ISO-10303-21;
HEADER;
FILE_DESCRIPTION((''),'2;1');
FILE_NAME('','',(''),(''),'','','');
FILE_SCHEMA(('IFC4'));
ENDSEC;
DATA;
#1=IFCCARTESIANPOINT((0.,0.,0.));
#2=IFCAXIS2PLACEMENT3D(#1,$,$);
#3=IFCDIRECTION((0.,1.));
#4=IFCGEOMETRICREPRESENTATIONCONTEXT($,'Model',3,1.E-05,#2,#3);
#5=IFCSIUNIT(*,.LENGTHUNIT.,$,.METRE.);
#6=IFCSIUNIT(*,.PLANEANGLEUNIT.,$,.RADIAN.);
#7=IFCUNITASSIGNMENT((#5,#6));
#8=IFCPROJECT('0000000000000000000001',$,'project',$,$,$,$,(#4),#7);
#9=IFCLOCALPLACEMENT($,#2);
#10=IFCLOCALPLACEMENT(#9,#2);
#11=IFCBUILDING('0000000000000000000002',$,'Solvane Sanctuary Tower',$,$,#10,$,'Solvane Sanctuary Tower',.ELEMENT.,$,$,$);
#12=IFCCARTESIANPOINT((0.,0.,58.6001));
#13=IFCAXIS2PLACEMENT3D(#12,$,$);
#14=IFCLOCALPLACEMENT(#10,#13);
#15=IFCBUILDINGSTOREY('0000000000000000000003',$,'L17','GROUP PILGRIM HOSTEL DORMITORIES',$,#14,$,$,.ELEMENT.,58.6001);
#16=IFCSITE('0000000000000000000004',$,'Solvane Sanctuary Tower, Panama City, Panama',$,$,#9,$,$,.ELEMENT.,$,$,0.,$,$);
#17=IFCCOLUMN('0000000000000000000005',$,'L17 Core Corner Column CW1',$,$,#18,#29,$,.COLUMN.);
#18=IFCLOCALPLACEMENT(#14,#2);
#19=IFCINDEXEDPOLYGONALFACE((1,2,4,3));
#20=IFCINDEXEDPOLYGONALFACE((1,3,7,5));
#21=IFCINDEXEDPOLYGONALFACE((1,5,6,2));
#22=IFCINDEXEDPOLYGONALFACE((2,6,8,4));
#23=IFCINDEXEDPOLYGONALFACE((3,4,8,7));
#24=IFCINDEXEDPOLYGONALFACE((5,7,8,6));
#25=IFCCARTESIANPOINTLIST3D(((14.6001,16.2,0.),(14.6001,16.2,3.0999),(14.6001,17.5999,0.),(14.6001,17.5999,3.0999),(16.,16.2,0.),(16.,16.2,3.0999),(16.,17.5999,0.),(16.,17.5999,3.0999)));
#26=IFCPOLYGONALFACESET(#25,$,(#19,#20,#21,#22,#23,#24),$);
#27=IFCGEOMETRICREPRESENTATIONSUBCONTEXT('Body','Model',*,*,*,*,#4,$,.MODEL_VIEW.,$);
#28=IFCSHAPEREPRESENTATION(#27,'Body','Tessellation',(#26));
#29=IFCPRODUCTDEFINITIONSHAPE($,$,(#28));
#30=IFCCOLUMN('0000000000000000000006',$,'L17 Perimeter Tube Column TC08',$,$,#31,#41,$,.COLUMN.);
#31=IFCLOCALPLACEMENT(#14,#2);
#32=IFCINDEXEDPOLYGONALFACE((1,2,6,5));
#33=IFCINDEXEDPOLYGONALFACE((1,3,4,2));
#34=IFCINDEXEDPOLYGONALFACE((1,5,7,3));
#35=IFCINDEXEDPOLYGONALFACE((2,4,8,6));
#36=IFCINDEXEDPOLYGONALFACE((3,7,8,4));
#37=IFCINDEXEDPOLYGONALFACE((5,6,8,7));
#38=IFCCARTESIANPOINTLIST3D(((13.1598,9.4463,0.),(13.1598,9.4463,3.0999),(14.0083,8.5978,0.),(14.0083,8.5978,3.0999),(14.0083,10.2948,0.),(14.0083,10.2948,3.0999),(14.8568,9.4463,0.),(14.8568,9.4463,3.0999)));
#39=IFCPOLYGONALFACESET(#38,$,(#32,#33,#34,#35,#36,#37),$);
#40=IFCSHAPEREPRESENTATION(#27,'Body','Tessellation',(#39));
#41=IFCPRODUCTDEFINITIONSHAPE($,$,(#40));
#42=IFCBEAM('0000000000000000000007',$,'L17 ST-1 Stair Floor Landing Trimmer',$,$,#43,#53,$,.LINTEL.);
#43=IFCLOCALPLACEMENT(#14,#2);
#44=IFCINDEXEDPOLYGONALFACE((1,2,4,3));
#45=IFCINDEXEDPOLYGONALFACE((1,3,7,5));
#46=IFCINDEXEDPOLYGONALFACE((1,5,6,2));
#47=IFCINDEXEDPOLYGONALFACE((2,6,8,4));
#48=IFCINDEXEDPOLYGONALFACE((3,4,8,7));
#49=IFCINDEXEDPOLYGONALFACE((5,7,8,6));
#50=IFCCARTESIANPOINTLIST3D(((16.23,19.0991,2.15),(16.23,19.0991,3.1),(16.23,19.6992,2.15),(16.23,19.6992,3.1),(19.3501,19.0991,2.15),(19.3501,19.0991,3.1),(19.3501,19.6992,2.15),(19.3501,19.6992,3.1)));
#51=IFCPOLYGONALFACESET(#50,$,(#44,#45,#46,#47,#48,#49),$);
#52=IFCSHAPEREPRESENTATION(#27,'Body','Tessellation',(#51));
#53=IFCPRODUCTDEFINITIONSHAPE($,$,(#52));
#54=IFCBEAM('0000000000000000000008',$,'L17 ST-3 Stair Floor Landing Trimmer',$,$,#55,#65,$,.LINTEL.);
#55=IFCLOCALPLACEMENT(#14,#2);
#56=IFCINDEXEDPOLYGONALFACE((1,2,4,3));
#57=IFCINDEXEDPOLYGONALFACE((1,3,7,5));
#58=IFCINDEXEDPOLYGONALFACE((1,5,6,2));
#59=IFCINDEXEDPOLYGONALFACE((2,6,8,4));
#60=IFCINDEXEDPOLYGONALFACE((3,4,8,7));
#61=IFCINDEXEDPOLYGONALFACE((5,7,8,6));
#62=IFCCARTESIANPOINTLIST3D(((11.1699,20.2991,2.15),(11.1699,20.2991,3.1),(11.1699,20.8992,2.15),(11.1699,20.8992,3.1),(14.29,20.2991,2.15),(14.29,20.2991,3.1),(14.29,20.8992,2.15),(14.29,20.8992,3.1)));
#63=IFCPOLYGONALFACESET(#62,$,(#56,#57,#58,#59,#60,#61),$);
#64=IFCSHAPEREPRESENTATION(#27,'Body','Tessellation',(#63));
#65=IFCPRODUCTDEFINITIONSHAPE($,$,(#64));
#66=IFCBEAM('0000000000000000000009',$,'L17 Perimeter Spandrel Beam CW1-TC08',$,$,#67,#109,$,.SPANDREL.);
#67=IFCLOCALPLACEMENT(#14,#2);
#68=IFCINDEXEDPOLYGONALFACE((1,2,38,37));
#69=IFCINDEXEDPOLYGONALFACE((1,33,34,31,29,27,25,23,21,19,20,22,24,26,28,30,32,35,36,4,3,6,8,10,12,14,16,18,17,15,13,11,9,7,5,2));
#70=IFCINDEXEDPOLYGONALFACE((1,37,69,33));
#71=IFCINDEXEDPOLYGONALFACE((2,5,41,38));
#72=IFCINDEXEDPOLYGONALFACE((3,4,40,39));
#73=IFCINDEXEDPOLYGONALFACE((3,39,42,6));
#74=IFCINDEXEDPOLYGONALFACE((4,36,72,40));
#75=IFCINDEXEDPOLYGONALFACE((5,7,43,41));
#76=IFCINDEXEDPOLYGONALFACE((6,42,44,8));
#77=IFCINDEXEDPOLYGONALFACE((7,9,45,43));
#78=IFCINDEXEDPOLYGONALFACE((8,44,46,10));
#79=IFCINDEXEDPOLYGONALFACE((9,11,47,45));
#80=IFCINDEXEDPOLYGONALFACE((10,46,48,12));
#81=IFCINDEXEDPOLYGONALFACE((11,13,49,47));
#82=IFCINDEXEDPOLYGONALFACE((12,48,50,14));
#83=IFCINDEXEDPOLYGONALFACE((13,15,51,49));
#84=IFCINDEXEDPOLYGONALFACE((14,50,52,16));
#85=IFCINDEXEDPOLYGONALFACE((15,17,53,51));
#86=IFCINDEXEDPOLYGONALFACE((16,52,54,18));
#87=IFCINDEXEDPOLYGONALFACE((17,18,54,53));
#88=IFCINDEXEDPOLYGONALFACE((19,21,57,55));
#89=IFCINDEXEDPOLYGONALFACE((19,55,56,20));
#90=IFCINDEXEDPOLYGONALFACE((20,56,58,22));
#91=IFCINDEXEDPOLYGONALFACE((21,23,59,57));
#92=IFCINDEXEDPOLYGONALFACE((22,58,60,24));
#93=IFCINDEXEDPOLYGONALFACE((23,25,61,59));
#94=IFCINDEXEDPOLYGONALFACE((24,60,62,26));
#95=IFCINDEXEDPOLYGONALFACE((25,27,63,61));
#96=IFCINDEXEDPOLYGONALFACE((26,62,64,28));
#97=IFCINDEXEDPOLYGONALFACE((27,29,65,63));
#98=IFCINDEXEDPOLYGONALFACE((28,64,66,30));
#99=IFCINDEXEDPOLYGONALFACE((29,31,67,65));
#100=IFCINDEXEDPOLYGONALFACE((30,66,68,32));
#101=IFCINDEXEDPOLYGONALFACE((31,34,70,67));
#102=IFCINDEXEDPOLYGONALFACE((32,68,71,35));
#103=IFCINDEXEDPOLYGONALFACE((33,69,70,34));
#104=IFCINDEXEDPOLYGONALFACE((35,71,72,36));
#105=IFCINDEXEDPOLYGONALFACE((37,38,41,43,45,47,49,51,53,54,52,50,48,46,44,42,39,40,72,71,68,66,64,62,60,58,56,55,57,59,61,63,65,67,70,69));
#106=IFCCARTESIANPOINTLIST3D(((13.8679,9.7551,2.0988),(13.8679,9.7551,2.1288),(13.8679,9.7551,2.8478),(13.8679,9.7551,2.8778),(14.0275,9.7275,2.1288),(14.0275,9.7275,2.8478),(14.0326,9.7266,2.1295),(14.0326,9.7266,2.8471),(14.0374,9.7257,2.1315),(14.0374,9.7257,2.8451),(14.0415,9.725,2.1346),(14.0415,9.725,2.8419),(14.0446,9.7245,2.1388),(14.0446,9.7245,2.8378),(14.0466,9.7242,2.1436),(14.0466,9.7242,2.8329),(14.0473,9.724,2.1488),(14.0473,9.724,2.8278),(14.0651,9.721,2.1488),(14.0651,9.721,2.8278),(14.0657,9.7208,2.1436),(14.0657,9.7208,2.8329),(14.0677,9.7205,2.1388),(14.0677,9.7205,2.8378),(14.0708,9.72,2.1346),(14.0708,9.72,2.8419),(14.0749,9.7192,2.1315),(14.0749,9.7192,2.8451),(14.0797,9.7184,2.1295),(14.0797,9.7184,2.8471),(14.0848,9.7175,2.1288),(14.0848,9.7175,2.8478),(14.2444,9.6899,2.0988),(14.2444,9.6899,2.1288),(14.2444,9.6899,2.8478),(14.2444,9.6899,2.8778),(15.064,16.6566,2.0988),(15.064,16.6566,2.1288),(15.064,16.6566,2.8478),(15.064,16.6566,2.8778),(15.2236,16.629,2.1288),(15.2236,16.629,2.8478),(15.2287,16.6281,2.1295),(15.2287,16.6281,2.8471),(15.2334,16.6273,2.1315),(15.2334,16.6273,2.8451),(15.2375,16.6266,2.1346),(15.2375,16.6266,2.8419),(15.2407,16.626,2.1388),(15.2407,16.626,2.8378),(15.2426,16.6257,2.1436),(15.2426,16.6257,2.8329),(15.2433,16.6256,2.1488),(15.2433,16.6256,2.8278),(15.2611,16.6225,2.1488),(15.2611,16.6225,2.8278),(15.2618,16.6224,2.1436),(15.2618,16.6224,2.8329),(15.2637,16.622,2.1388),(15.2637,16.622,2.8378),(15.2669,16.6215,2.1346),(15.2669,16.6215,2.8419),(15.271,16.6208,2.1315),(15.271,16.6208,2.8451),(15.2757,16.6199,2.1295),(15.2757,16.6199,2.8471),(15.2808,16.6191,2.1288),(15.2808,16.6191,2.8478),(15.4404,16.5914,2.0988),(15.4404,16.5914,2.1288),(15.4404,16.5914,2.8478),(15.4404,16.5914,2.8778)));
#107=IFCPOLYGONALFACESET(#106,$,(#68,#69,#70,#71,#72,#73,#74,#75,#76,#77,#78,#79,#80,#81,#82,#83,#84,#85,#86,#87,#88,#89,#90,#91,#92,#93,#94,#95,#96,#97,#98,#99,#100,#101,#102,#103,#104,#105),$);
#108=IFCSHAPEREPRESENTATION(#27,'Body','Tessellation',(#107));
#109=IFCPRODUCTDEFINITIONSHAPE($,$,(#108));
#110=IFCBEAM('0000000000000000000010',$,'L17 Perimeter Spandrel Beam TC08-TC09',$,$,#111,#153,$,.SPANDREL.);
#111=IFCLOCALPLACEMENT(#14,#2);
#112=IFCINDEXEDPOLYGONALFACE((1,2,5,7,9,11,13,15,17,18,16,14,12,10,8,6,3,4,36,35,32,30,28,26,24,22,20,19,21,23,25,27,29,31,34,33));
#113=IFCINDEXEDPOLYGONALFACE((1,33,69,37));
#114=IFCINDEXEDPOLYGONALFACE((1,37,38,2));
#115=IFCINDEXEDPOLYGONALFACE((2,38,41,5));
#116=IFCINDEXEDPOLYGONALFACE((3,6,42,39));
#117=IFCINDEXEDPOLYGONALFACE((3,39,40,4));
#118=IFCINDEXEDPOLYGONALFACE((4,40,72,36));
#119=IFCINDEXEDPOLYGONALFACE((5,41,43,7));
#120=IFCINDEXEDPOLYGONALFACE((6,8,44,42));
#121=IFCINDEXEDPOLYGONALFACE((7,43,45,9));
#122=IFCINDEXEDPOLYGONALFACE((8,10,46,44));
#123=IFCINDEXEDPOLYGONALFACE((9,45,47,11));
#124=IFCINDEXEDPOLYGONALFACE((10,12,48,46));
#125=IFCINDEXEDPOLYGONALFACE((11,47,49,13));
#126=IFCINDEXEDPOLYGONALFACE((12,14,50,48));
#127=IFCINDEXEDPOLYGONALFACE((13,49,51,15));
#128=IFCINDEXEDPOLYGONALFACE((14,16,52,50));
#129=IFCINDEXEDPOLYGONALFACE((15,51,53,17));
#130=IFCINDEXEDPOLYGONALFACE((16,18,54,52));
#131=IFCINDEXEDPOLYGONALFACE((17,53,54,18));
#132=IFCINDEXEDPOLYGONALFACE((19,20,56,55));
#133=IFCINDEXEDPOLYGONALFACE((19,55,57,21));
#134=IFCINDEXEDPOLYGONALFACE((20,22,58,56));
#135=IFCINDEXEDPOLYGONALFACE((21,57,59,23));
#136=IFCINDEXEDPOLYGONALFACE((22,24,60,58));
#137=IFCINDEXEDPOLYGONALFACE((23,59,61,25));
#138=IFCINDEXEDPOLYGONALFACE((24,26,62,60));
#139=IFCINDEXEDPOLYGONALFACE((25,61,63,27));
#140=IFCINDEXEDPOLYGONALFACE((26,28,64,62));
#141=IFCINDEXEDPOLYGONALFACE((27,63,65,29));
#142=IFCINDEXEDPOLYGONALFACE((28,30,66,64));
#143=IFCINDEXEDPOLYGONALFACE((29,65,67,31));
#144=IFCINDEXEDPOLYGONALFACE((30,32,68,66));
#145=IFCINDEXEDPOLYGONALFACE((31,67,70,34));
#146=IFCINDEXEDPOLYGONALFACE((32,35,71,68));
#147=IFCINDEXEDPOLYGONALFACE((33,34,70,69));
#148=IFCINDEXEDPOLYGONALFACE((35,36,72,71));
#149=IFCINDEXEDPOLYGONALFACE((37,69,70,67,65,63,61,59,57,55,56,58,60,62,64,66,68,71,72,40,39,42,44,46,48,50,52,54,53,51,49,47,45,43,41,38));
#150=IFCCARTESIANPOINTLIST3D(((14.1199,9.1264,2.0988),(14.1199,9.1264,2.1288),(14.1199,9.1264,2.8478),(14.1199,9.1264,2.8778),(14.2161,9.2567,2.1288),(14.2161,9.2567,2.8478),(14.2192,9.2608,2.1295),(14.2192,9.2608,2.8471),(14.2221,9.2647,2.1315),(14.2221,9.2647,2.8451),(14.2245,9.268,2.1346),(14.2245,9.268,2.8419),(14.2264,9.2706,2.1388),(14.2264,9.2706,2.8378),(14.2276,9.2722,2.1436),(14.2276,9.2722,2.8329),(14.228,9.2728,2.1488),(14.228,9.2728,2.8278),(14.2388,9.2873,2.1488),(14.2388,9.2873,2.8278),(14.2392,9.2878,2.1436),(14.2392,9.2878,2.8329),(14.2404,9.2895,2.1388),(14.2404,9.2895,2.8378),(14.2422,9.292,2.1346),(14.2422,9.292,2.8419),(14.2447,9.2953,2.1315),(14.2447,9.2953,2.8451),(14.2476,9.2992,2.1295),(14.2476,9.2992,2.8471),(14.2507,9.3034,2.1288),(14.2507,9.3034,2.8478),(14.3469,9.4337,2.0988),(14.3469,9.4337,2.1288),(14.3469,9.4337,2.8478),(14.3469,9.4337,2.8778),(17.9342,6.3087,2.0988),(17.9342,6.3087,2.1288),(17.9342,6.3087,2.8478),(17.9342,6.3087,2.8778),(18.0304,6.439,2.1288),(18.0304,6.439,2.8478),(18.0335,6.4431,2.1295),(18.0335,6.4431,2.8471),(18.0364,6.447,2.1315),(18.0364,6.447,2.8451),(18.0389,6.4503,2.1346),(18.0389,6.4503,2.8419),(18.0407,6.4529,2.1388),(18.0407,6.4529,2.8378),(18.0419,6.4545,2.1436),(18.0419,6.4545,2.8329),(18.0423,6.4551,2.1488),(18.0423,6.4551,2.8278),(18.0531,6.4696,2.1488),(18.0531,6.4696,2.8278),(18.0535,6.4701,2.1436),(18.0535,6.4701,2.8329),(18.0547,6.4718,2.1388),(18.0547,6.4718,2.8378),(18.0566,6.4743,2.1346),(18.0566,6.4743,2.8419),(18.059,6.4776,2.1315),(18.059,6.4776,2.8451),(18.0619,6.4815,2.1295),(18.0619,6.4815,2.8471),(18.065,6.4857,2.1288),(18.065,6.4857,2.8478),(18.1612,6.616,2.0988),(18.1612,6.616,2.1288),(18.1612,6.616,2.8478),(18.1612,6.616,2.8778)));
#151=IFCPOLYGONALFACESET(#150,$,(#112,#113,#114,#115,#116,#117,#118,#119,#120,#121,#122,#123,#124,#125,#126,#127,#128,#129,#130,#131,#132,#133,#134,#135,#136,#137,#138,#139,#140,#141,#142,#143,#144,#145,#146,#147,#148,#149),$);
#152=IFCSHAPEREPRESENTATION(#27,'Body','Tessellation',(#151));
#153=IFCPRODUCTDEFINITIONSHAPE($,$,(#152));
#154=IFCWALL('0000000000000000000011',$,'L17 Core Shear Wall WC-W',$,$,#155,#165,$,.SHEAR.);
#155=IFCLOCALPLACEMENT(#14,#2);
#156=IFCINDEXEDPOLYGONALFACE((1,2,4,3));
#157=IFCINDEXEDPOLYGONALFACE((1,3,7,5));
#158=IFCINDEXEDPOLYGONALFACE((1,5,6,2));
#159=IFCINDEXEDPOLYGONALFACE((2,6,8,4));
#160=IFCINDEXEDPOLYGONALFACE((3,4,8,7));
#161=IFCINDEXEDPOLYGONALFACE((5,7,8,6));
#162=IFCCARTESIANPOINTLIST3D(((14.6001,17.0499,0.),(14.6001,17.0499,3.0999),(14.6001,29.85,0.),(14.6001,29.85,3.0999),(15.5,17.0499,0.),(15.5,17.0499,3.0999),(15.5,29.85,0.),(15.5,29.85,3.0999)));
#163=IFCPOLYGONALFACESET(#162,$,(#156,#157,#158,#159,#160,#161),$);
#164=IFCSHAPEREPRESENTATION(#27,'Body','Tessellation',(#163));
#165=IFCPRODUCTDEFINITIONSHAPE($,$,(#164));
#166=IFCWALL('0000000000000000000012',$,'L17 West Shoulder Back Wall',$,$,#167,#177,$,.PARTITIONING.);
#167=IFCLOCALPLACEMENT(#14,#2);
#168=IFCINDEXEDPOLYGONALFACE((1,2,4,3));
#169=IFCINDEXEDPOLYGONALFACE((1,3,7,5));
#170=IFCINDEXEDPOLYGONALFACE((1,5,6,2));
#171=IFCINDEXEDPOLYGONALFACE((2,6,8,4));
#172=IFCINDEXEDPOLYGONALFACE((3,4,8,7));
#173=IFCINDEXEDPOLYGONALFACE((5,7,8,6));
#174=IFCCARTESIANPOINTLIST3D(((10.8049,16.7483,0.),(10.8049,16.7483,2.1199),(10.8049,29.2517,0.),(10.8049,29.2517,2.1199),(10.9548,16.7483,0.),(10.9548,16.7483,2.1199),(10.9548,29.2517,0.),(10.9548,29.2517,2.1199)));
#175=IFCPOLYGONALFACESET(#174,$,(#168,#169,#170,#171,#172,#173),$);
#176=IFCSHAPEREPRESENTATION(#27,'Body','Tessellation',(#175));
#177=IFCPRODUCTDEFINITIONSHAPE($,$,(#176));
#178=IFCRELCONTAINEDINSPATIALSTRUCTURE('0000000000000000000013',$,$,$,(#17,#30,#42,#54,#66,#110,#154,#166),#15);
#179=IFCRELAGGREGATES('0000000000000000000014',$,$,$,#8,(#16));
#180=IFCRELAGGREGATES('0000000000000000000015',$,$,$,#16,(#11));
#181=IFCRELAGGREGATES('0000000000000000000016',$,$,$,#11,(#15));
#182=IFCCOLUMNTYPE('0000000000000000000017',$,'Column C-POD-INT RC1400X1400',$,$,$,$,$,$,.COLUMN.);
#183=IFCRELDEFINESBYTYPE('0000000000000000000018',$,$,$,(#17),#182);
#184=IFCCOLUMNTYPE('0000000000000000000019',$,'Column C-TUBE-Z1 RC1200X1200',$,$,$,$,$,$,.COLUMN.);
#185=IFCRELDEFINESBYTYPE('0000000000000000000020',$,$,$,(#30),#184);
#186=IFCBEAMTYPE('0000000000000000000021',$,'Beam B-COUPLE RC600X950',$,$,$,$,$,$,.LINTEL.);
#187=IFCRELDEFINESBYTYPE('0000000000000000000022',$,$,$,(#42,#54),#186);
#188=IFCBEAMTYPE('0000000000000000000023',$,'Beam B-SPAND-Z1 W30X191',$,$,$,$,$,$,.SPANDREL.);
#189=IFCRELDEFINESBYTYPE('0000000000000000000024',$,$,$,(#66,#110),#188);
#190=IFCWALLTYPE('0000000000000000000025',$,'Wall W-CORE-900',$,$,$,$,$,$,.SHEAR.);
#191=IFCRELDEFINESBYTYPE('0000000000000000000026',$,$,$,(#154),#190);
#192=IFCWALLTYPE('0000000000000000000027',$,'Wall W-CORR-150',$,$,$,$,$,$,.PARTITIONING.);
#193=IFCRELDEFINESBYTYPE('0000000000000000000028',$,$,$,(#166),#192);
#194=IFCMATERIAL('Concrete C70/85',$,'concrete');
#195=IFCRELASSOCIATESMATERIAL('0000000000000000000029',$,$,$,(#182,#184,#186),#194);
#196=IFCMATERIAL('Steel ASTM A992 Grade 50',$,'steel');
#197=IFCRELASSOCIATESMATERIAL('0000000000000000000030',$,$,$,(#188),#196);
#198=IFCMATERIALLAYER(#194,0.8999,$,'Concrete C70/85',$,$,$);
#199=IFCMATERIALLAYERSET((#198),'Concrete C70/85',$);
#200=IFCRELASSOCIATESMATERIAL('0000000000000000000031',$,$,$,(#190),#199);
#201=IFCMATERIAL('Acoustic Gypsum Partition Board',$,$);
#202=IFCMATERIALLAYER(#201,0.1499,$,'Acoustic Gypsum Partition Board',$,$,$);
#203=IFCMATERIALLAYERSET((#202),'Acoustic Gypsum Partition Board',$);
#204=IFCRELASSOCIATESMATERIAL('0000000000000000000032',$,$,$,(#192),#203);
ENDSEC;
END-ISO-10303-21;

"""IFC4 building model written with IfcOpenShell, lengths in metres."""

from ifc_helpers import new_model, si_unit, direction, frame, frame_2d, origin, origin_2d, place, context, subcontext, project, spatial, rectangle, i_section, extrude, material, layer, layer_set, material_profile, profile_set, type_object, element, save


model = new_model("IFC4")

# Units and contexts
model_context = context("Model", 3, precision=1e-05, world=origin(), true_north=direction((0.0, 1.0)))
body_context = subcontext(model_context, "Body", "Model", "MODEL_VIEW")
ifc_project = project(units=[si_unit("LENGTHUNIT", "METRE"), si_unit("PLANEANGLEUNIT", "RADIAN")], contexts=[model_context])

# Site, building, storey
site_placement = place(None, origin())
site = spatial("IfcSite", under=ifc_project, at=site_placement, Name="Solvane Sanctuary Tower, Panama City, Panama", CompositionType="ELEMENT", RefElevation=0.0)
building_placement = place(site_placement, origin())
building = spatial("IfcBuilding", under=site, at=building_placement, Name="Solvane Sanctuary Tower", LongName="Solvane Sanctuary Tower", CompositionType="ELEMENT")
storey_placement = place(building_placement, frame((0.0, 0.0, 58.6001)))
storey = spatial("IfcBuildingStorey", under=building, at=storey_placement, Name="L17", Description="GROUP PILGRIM HOSTEL DORMITORIES", CompositionType="ELEMENT", Elevation=58.6001)

# Columns
ifc_material_1 = material(Name="Concrete C70/85", Category="concrete")
ifc_material_profile_1 = material_profile(ifc_material_1, rectangle(XDim=1.3999, YDim=1.3999, at=origin_2d()), Name="RC1400X1400")
ifc_profile_set_1 = profile_set([ifc_material_profile_1], Name="Concrete C70/85")
column_type_1 = type_object("IfcColumnType", Name="Column C-POD-INT RC1400X1400", PredefinedType="COLUMN", material=ifc_profile_set_1)
column_1_placement = place(storey_placement, frame((15.3, 16.8999, 0.0), z_axis=(0.0, 0.0, 1.0), x_axis=(1.0, 0.0, 0.0)))
element("IfcColumn", 1, at=column_1_placement, inside=storey, type_object=column_type_1, Name="L17 Core Corner Column CW1", PredefinedType="COLUMN", context=body_context, shape_type="SweptSolid", body=[
    extrude(rectangle(XDim=1.3999, YDim=1.3999, at=origin_2d()), origin(), (0.0, 0.0, 1.0), 3.0999),
])
ifc_material_profile_2 = material_profile(ifc_material_1, rectangle(XDim=1.2, YDim=1.2, at=origin_2d()), Name="RC1200X1200")
ifc_profile_set_2 = profile_set([ifc_material_profile_2], Name="Concrete C70/85")
column_type_2 = type_object("IfcColumnType", Name="Column C-TUBE-Z1 RC1200X1200", PredefinedType="COLUMN", material=ifc_profile_set_2)
column_2_placement = place(storey_placement, frame((14.0083, 9.4463, 0.0), z_axis=(0.0, 0.0, 1.0), x_axis=(-0.707107, -0.707107, 0.0)))
element("IfcColumn", 2, at=column_2_placement, inside=storey, type_object=column_type_2, Name="L17 Perimeter Tube Column TC08", PredefinedType="COLUMN", context=body_context, shape_type="SweptSolid", body=[
    extrude(rectangle(XDim=1.2, YDim=1.2, at=origin_2d()), origin(), (0.0, 0.0, 1.0), 3.0999),
])

# Beams
ifc_material_profile_3 = material_profile(ifc_material_1, rectangle(XDim=0.6001, YDim=0.95, at=origin_2d()), Name="RC600X950")
ifc_profile_set_3 = profile_set([ifc_material_profile_3], Name="Concrete C70/85")
beam_type_1 = type_object("IfcBeamType", Name="Beam B-COUPLE RC600X950", PredefinedType="LINTEL", material=ifc_profile_set_3)
for number, where, z_axis, x_axis, name in (
    (3, (16.23, 19.3992, 2.625), (1.0, 0.0, 0.0), (0.0, 1.0, 0.0), "L17 ST-1 Stair Floor Landing Trimmer"),
    (4, (11.1699, 20.5991, 2.625), (1.0, 0.0, 0.0), (0.0, 1.0, 0.0), "L17 ST-3 Stair Floor Landing Trimmer"),
):
    element("IfcBeam", number, at=place(storey_placement, frame(where, z_axis=z_axis, x_axis=x_axis)), inside=storey, type_object=beam_type_1, Name=name, PredefinedType="LINTEL", context=body_context, shape_type="SweptSolid", body=[
        extrude(rectangle(XDim=0.6001, YDim=0.95, at=origin_2d()), origin(), (0.0, 0.0, 1.0), 3.1201),
    ])
ifc_material_2 = material(Name="Steel ASTM A992 Grade 50", Category="steel")
ifc_material_profile_4 = material_profile(ifc_material_2, i_section(OverallWidth=0.3821, OverallDepth=0.7791, WebThickness=0.0181, FlangeThickness=0.03, FilletRadius=0.02, at=origin_2d()), Name="W30X191")
ifc_profile_set_4 = profile_set([ifc_material_profile_4], Name="Steel ASTM A992 Grade 50")
beam_type_2 = type_object("IfcBeamType", Name="Beam B-SPAND-Z1 W30X191", PredefinedType="SPANDREL", material=ifc_profile_set_4)
beam_1_placement = place(storey_placement, frame((15.2522, 16.624, 2.4883), z_axis=(-0.170754, -0.985314, 0.0), x_axis=(0.985314, -0.170754, 0.0)))
element("IfcBeam", 5, at=beam_1_placement, inside=storey, type_object=beam_type_2, Name="L17 Perimeter Spandrel Beam CW1-TC08", PredefinedType="SPANDREL", context=body_context, shape_type="SweptSolid", body=[
    extrude(i_section(OverallWidth=0.3821, OverallDepth=0.7791, WebThickness=0.0181, FlangeThickness=0.03, FilletRadius=0.02, at=origin_2d()), origin(), (0.0, 0.0, 1.0), 7.0044),
])
beam_2_placement = place(storey_placement, frame((14.2334, 9.28, 2.4883), z_axis=(0.804334, -0.594177, 0.0), x_axis=(0.594177, 0.804334, 0.0)))
element("IfcBeam", 6, at=beam_2_placement, inside=storey, type_object=beam_type_2, Name="L17 Perimeter Spandrel Beam TC08-TC09", PredefinedType="SPANDREL", context=body_context, shape_type="SweptSolid", body=[
    extrude(i_section(OverallWidth=0.3821, OverallDepth=0.7791, WebThickness=0.0181, FlangeThickness=0.03, FilletRadius=0.02, at=origin_2d()), origin(), (0.0, 0.0, 1.0), 4.7422),
])

# Walls
ifc_layer_1 = layer(ifc_material_1, 0.8999, Name="Concrete C70/85")
ifc_layer_set_1 = layer_set([ifc_layer_1], Name="Concrete C70/85")
wall_type_1 = type_object("IfcWallType", Name="Wall W-CORE-900", PredefinedType="SHEAR", material=ifc_layer_set_1)
wall_1_placement = place(storey_placement, frame((15.05, 17.05, 0.0), z_axis=(0.0, 0.0, 1.0), x_axis=(0.0, 1.0, 0.0)))
element("IfcWall", 7, at=wall_1_placement, inside=storey, type_object=wall_type_1, Name="L17 Core Shear Wall WC-W", PredefinedType="SHEAR", context=body_context, shape_type="SweptSolid", body=[
    extrude(rectangle(XDim=12.8, YDim=0.8999, at=frame_2d((6.3999, 0.0))), origin(), (0.0, 0.0, 1.0), 3.0999),
])
ifc_material_3 = material(Name="Acoustic Gypsum Partition Board")
ifc_layer_2 = layer(ifc_material_3, 0.1499, Name="Acoustic Gypsum Partition Board")
ifc_layer_set_2 = layer_set([ifc_layer_2], Name="Acoustic Gypsum Partition Board")
wall_type_2 = type_object("IfcWallType", Name="Wall W-CORR-150", PredefinedType="PARTITIONING", material=ifc_layer_set_2)
wall_2_placement = place(storey_placement, frame((10.8799, 16.7483, 0.0), z_axis=(0.0, 0.0, 1.0), x_axis=(0.0, 1.0, 0.0)))
element("IfcWall", 8, at=wall_2_placement, inside=storey, type_object=wall_type_2, Name="L17 West Shoulder Back Wall", PredefinedType="PARTITIONING", context=body_context, shape_type="SweptSolid", body=[
    extrude(rectangle(XDim=12.5034, YDim=0.1499, at=frame_2d((6.2517, 0.0))), origin(), (0.0, 0.0, 1.0), 2.1199),
])

save(model, "model.ifc")
